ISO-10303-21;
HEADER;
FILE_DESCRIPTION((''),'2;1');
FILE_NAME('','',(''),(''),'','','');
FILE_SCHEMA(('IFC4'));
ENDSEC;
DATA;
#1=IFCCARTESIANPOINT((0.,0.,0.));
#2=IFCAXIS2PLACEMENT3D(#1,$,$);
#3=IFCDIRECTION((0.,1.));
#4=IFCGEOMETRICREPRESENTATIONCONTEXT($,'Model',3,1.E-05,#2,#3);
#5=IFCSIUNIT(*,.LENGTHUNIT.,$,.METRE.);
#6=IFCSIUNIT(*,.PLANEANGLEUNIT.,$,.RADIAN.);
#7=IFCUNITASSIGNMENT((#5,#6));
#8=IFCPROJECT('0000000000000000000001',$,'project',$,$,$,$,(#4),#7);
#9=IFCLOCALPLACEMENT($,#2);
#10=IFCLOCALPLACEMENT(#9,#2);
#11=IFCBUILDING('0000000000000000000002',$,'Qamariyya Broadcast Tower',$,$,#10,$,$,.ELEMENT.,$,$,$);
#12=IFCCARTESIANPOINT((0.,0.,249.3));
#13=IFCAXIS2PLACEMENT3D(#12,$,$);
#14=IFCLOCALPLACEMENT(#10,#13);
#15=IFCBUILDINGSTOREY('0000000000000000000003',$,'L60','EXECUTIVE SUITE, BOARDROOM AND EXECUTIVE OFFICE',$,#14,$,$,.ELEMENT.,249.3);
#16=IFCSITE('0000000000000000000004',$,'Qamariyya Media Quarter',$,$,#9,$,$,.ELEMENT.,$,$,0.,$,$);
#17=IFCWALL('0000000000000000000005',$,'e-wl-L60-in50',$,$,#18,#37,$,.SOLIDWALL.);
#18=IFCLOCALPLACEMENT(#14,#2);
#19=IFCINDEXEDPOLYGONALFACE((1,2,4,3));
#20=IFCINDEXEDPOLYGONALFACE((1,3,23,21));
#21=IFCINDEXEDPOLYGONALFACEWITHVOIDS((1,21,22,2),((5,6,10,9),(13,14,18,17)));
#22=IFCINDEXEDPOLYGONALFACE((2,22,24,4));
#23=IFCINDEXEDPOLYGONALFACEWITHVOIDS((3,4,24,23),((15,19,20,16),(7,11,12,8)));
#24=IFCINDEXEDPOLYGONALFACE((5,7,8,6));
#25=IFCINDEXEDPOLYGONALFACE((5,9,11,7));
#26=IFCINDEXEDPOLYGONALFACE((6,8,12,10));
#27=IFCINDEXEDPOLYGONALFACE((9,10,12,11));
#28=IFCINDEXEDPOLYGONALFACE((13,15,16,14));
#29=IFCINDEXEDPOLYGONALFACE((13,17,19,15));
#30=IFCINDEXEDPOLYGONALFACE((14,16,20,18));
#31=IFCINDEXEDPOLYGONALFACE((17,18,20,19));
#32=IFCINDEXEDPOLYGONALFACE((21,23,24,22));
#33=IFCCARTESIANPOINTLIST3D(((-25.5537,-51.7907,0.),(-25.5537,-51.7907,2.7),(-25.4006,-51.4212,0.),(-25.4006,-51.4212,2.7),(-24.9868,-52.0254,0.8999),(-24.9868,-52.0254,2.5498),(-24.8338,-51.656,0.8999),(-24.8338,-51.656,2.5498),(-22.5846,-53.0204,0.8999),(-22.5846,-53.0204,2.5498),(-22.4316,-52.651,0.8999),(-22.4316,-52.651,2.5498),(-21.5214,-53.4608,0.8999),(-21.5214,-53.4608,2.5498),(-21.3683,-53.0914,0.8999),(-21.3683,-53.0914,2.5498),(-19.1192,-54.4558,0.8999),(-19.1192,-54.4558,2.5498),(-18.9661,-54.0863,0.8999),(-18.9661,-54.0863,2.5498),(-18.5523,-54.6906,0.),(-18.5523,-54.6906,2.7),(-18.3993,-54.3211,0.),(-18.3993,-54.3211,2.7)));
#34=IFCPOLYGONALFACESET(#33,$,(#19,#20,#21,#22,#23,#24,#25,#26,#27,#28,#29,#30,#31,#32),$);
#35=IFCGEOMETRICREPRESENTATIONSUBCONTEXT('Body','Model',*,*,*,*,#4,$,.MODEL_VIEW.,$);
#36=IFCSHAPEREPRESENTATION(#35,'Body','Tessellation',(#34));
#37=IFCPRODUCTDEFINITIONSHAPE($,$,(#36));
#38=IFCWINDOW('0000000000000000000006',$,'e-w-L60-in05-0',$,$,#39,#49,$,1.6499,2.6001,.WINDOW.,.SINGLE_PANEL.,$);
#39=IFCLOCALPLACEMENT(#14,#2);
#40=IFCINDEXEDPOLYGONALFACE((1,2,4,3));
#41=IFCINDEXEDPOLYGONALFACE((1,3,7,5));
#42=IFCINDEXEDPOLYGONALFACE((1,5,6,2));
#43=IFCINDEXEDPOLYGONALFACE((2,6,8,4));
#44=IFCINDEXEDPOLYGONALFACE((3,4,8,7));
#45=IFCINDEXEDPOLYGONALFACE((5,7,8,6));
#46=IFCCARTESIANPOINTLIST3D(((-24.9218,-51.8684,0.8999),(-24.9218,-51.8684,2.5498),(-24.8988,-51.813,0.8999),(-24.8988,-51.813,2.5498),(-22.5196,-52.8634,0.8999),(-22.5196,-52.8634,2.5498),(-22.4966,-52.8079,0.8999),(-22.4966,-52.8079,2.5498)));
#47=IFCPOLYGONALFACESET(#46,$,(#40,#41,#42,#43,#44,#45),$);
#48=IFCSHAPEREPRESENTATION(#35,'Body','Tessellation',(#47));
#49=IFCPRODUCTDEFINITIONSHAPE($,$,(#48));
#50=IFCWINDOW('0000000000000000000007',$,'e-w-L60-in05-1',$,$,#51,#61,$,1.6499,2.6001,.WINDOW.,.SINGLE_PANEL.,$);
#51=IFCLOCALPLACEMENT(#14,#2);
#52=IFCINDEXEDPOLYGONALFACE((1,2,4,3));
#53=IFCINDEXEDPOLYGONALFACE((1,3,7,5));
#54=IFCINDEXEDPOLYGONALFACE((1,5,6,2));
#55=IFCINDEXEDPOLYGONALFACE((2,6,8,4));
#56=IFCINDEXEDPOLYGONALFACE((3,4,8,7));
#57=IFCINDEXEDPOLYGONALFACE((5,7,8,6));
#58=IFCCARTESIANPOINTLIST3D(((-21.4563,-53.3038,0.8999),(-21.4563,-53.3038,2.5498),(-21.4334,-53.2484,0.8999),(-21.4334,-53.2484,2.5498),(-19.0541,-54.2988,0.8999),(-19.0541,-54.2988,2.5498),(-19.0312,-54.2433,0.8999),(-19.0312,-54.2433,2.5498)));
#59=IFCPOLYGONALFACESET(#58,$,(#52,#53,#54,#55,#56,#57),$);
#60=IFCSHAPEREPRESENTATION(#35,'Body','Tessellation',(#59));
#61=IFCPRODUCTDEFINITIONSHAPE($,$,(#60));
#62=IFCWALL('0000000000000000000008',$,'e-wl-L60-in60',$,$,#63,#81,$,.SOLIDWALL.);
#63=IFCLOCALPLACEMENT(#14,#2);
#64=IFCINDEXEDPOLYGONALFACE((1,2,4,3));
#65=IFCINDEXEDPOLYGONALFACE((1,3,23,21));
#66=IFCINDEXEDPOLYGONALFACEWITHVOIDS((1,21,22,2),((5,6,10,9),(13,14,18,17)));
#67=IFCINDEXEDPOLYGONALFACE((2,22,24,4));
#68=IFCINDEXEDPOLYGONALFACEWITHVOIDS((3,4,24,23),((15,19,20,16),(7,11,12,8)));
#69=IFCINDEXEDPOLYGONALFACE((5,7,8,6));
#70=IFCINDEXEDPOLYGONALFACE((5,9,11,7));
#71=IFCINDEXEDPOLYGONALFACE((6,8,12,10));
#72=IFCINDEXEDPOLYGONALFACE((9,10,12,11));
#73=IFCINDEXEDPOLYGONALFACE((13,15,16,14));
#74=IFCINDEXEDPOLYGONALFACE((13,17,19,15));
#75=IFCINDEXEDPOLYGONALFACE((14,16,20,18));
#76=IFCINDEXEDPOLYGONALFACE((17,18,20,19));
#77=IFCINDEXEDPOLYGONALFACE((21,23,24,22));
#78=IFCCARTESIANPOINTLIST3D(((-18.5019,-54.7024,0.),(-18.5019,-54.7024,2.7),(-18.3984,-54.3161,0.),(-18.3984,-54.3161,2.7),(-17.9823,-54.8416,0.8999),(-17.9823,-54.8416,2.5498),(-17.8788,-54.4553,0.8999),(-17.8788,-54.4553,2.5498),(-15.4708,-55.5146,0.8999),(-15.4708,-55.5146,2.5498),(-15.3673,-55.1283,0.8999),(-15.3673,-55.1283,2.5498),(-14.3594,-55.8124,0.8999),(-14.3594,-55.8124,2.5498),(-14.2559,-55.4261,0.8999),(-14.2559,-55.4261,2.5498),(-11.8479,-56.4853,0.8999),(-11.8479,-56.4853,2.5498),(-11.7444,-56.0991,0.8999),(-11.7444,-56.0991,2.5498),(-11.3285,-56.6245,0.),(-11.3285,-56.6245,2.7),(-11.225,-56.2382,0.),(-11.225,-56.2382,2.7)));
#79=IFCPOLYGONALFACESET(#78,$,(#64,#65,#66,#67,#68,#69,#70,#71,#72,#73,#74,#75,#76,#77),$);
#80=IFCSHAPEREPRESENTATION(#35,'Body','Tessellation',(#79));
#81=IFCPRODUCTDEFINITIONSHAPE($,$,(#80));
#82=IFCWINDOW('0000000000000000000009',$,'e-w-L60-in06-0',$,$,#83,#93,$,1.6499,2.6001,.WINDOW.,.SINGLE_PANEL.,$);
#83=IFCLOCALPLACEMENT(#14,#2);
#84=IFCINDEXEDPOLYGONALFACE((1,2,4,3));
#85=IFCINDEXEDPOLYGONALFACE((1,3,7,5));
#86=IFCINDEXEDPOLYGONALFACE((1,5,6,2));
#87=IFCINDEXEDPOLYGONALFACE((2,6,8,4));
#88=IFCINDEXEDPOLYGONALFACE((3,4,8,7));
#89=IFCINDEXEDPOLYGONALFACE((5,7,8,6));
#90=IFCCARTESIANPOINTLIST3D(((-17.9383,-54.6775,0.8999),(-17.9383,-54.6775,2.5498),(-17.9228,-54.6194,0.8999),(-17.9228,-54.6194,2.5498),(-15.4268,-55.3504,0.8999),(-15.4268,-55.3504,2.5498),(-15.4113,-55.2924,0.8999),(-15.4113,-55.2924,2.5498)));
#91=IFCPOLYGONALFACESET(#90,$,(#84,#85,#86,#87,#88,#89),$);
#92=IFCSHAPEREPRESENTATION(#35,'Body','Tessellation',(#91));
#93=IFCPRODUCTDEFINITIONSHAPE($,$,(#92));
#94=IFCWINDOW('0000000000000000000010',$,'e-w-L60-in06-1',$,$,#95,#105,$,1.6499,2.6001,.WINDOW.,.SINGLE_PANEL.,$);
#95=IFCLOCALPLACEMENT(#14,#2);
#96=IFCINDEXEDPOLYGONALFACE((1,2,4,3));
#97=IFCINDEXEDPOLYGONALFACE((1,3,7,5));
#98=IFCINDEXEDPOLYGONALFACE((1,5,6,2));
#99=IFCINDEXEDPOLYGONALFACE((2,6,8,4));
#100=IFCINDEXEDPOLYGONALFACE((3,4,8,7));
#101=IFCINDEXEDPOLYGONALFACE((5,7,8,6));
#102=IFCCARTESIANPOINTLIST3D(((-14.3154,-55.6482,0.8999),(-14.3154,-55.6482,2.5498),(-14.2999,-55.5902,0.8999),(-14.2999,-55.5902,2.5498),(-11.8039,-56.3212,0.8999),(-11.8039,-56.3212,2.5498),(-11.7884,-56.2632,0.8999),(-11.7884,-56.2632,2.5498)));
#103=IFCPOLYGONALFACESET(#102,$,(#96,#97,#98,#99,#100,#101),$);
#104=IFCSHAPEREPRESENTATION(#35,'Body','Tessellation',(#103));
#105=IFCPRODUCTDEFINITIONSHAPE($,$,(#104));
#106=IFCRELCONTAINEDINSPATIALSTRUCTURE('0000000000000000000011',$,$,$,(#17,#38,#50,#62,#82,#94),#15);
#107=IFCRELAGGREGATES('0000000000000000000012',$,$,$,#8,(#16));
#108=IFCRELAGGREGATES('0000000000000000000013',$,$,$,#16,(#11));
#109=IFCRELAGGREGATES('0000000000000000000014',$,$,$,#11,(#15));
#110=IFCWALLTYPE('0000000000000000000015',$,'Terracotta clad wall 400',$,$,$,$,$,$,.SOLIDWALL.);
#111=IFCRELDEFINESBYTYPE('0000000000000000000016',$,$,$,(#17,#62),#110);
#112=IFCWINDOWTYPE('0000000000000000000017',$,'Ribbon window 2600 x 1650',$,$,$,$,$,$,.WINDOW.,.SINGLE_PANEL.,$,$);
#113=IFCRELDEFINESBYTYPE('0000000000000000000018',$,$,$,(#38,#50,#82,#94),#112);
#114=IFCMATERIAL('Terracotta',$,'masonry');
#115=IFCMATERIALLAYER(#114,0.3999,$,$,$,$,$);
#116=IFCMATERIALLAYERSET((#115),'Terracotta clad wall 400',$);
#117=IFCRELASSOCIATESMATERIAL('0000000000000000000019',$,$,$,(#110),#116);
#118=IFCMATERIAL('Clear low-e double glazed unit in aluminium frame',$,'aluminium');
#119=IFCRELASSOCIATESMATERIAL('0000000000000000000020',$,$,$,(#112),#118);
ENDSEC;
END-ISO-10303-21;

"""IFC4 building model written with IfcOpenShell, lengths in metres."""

from ifc_helpers import new_model, si_unit, direction, frame, frame_2d, origin, place, context, subcontext, project, spatial, rectangle, extrude, material, layer, layer_set, type_object, element, fill, save


model = new_model("IFC4")

# Units and contexts
model_context = context("Model", 3, precision=1e-05, world=origin(), true_north=direction((0.0, 1.0)))
body_context = subcontext(model_context, "Body", "Model", "MODEL_VIEW")
ifc_project = project(units=[si_unit("LENGTHUNIT", "METRE"), si_unit("PLANEANGLEUNIT", "RADIAN")], contexts=[model_context])

# Site, building, storey
site_placement = place(None, origin())
site = spatial("IfcSite", under=ifc_project, at=site_placement, Name="Qamariyya Media Quarter", CompositionType="ELEMENT", RefElevation=0.0)
building_placement = place(site_placement, origin())
building = spatial("IfcBuilding", under=site, at=building_placement, Name="Qamariyya Broadcast Tower", CompositionType="ELEMENT")
storey_placement = place(building_placement, frame((0.0, 0.0, 249.3)))
storey = spatial("IfcBuildingStorey", under=building, at=storey_placement, Name="L60", Description="EXECUTIVE SUITE, BOARDROOM AND EXECUTIVE OFFICE", CompositionType="ELEMENT", Elevation=249.3)

# Walls, openings, windows
ifc_material_1 = material(Name="Terracotta", Category="masonry")
ifc_layer_1 = layer(ifc_material_1, 0.3999)
ifc_layer_set_1 = layer_set([ifc_layer_1], Name="Terracotta clad wall 400")
wall_type_1 = type_object("IfcWallType", Name="Terracotta clad wall 400", PredefinedType="SOLIDWALL", material=ifc_layer_set_1)
wall_1_placement = place(storey_placement, frame((-18.4758, -54.5059, 0.0), z_axis=(0.0, 0.0, 1.0), x_axis=(-0.923884, 0.382672, 0.0)))
wall_1 = element("IfcWall", 1, at=wall_1_placement, inside=storey, type_object=wall_type_1, Name="e-wl-L60-in50", PredefinedType="SOLIDWALL", context=body_context, shape_type="SweptSolid", body=[
    extrude(rectangle(XDim=7.5781, YDim=0.3999, at=frame_2d((3.7891, 0.0))), origin(), (0.0, 0.0, 1.0), 2.7),
])
opening_1_placement = place(wall_1_placement, frame((4.3645, 0.0, 0.8999)))
opening_1 = element("IfcOpeningElement", 2, at=opening_1_placement, cuts=wall_1, PredefinedType="OPENING", context=body_context, shape_type="SweptSolid", body=[
    extrude(rectangle(XDim=2.6001, YDim=1.6499, at=frame_2d((1.3, 0.825))), frame((0.0, 0.21, 0.0), z_axis=(0.0, -1.0, 0.0), x_axis=(1.0, 0.0, 0.0)), (0.0, 0.0, 1.0), 0.4199),
])
opening_2_placement = place(wall_1_placement, frame((0.6135, 0.0, 0.8999)))
opening_2 = element("IfcOpeningElement", 3, at=opening_2_placement, cuts=wall_1, PredefinedType="OPENING", context=body_context, shape_type="SweptSolid", body=[
    extrude(rectangle(XDim=2.6001, YDim=1.6499, at=frame_2d((1.3, 0.825))), frame((0.0, 0.21, 0.0), z_axis=(0.0, -1.0, 0.0), x_axis=(1.0, 0.0, 0.0)), (0.0, 0.0, 1.0), 0.4199),
])
ifc_material_2 = material(Name="Clear low-e double glazed unit in aluminium frame", Category="aluminium")
window_type = type_object("IfcWindowType", Name="Ribbon window 2600 x 1650", PartitioningType="SINGLE_PANEL", PredefinedType="WINDOW", material=ifc_material_2)
window_1_placement = place(opening_1_placement, origin())
window_1 = element("IfcWindow", 4, at=window_1_placement, inside=storey, type_object=window_type, Name="e-w-L60-in05-0", OverallHeight=1.6499, OverallWidth=2.6001, PartitioningType="SINGLE_PANEL", PredefinedType="WINDOW", context=body_context, shape_type="SweptSolid", body=[
    extrude(rectangle(XDim=2.6001, YDim=1.6499, at=frame_2d((1.3, 0.825))), frame((0.0, 0.03, 0.0), z_axis=(0.0, -1.0, 0.0), x_axis=(1.0, 0.0, 0.0)), (0.0, 0.0, 1.0), 0.0601),
])
fill(opening_1, window_1)
window_2_placement = place(opening_2_placement, origin())
window_2 = element("IfcWindow", 5, at=window_2_placement, inside=storey, type_object=window_type, Name="e-w-L60-in05-1", OverallHeight=1.6499, OverallWidth=2.6001, PartitioningType="SINGLE_PANEL", PredefinedType="WINDOW", context=body_context, shape_type="SweptSolid", body=[
    extrude(rectangle(XDim=2.6001, YDim=1.6499, at=frame_2d((1.3, 0.825))), frame((0.0, 0.03, 0.0), z_axis=(0.0, -1.0, 0.0), x_axis=(1.0, 0.0, 0.0)), (0.0, 0.0, 1.0), 0.0601),
])
fill(opening_2, window_2)
wall_2_placement = place(storey_placement, frame((-11.2766, -56.4314, 0.0), z_axis=(0.0, 0.0, 1.0), x_axis=(-0.965925, 0.258823, 0.0)))
wall_2 = element("IfcWall", 6, at=wall_2_placement, inside=storey, type_object=wall_type_1, Name="e-wl-L60-in60", PredefinedType="SOLIDWALL", context=body_context, shape_type="SweptSolid", body=[
    extrude(rectangle(XDim=7.4265, YDim=0.3999, at=frame_2d((3.7134, 0.0))), origin(), (0.0, 0.0, 1.0), 2.7),
])
opening_3_placement = place(wall_2_placement, frame((4.2886, 0.0, 0.8999)))
opening_3 = element("IfcOpeningElement", 7, at=opening_3_placement, cuts=wall_2, PredefinedType="OPENING", context=body_context, shape_type="SweptSolid", body=[
    extrude(rectangle(XDim=2.6001, YDim=1.6499, at=frame_2d((1.3, 0.825))), frame((0.0, 0.21, 0.0), z_axis=(0.0, -1.0, 0.0), x_axis=(1.0, 0.0, 0.0)), (0.0, 0.0, 1.0), 0.4199),
])
opening_4_placement = place(wall_2_placement, frame((0.5378, 0.0, 0.8999)))
opening_4 = element("IfcOpeningElement", 8, at=opening_4_placement, cuts=wall_2, PredefinedType="OPENING", context=body_context, shape_type="SweptSolid", body=[
    extrude(rectangle(XDim=2.6001, YDim=1.6499, at=frame_2d((1.3, 0.825))), frame((0.0, 0.21, 0.0), z_axis=(0.0, -1.0, 0.0), x_axis=(1.0, 0.0, 0.0)), (0.0, 0.0, 1.0), 0.4199),
])
window_3_placement = place(opening_3_placement, origin())
window_3 = element("IfcWindow", 9, at=window_3_placement, inside=storey, type_object=window_type, Name="e-w-L60-in06-0", OverallHeight=1.6499, OverallWidth=2.6001, PartitioningType="SINGLE_PANEL", PredefinedType="WINDOW", context=body_context, shape_type="SweptSolid", body=[
    extrude(rectangle(XDim=2.6001, YDim=1.6499, at=frame_2d((1.3, 0.825))), frame((0.0, 0.03, 0.0), z_axis=(0.0, -1.0, 0.0), x_axis=(1.0, 0.0, 0.0)), (0.0, 0.0, 1.0), 0.0601),
])
fill(opening_3, window_3)
window_4_placement = place(opening_4_placement, origin())
window_4 = element("IfcWindow", 10, at=window_4_placement, inside=storey, type_object=window_type, Name="e-w-L60-in06-1", OverallHeight=1.6499, OverallWidth=2.6001, PartitioningType="SINGLE_PANEL", PredefinedType="WINDOW", context=body_context, shape_type="SweptSolid", body=[
    extrude(rectangle(XDim=2.6001, YDim=1.6499, at=frame_2d((1.3, 0.825))), frame((0.0, 0.03, 0.0), z_axis=(0.0, -1.0, 0.0), x_axis=(1.0, 0.0, 0.0)), (0.0, 0.0, 1.0), 0.0601),
])
fill(opening_4, window_4)

save(model, "model.ifc")
